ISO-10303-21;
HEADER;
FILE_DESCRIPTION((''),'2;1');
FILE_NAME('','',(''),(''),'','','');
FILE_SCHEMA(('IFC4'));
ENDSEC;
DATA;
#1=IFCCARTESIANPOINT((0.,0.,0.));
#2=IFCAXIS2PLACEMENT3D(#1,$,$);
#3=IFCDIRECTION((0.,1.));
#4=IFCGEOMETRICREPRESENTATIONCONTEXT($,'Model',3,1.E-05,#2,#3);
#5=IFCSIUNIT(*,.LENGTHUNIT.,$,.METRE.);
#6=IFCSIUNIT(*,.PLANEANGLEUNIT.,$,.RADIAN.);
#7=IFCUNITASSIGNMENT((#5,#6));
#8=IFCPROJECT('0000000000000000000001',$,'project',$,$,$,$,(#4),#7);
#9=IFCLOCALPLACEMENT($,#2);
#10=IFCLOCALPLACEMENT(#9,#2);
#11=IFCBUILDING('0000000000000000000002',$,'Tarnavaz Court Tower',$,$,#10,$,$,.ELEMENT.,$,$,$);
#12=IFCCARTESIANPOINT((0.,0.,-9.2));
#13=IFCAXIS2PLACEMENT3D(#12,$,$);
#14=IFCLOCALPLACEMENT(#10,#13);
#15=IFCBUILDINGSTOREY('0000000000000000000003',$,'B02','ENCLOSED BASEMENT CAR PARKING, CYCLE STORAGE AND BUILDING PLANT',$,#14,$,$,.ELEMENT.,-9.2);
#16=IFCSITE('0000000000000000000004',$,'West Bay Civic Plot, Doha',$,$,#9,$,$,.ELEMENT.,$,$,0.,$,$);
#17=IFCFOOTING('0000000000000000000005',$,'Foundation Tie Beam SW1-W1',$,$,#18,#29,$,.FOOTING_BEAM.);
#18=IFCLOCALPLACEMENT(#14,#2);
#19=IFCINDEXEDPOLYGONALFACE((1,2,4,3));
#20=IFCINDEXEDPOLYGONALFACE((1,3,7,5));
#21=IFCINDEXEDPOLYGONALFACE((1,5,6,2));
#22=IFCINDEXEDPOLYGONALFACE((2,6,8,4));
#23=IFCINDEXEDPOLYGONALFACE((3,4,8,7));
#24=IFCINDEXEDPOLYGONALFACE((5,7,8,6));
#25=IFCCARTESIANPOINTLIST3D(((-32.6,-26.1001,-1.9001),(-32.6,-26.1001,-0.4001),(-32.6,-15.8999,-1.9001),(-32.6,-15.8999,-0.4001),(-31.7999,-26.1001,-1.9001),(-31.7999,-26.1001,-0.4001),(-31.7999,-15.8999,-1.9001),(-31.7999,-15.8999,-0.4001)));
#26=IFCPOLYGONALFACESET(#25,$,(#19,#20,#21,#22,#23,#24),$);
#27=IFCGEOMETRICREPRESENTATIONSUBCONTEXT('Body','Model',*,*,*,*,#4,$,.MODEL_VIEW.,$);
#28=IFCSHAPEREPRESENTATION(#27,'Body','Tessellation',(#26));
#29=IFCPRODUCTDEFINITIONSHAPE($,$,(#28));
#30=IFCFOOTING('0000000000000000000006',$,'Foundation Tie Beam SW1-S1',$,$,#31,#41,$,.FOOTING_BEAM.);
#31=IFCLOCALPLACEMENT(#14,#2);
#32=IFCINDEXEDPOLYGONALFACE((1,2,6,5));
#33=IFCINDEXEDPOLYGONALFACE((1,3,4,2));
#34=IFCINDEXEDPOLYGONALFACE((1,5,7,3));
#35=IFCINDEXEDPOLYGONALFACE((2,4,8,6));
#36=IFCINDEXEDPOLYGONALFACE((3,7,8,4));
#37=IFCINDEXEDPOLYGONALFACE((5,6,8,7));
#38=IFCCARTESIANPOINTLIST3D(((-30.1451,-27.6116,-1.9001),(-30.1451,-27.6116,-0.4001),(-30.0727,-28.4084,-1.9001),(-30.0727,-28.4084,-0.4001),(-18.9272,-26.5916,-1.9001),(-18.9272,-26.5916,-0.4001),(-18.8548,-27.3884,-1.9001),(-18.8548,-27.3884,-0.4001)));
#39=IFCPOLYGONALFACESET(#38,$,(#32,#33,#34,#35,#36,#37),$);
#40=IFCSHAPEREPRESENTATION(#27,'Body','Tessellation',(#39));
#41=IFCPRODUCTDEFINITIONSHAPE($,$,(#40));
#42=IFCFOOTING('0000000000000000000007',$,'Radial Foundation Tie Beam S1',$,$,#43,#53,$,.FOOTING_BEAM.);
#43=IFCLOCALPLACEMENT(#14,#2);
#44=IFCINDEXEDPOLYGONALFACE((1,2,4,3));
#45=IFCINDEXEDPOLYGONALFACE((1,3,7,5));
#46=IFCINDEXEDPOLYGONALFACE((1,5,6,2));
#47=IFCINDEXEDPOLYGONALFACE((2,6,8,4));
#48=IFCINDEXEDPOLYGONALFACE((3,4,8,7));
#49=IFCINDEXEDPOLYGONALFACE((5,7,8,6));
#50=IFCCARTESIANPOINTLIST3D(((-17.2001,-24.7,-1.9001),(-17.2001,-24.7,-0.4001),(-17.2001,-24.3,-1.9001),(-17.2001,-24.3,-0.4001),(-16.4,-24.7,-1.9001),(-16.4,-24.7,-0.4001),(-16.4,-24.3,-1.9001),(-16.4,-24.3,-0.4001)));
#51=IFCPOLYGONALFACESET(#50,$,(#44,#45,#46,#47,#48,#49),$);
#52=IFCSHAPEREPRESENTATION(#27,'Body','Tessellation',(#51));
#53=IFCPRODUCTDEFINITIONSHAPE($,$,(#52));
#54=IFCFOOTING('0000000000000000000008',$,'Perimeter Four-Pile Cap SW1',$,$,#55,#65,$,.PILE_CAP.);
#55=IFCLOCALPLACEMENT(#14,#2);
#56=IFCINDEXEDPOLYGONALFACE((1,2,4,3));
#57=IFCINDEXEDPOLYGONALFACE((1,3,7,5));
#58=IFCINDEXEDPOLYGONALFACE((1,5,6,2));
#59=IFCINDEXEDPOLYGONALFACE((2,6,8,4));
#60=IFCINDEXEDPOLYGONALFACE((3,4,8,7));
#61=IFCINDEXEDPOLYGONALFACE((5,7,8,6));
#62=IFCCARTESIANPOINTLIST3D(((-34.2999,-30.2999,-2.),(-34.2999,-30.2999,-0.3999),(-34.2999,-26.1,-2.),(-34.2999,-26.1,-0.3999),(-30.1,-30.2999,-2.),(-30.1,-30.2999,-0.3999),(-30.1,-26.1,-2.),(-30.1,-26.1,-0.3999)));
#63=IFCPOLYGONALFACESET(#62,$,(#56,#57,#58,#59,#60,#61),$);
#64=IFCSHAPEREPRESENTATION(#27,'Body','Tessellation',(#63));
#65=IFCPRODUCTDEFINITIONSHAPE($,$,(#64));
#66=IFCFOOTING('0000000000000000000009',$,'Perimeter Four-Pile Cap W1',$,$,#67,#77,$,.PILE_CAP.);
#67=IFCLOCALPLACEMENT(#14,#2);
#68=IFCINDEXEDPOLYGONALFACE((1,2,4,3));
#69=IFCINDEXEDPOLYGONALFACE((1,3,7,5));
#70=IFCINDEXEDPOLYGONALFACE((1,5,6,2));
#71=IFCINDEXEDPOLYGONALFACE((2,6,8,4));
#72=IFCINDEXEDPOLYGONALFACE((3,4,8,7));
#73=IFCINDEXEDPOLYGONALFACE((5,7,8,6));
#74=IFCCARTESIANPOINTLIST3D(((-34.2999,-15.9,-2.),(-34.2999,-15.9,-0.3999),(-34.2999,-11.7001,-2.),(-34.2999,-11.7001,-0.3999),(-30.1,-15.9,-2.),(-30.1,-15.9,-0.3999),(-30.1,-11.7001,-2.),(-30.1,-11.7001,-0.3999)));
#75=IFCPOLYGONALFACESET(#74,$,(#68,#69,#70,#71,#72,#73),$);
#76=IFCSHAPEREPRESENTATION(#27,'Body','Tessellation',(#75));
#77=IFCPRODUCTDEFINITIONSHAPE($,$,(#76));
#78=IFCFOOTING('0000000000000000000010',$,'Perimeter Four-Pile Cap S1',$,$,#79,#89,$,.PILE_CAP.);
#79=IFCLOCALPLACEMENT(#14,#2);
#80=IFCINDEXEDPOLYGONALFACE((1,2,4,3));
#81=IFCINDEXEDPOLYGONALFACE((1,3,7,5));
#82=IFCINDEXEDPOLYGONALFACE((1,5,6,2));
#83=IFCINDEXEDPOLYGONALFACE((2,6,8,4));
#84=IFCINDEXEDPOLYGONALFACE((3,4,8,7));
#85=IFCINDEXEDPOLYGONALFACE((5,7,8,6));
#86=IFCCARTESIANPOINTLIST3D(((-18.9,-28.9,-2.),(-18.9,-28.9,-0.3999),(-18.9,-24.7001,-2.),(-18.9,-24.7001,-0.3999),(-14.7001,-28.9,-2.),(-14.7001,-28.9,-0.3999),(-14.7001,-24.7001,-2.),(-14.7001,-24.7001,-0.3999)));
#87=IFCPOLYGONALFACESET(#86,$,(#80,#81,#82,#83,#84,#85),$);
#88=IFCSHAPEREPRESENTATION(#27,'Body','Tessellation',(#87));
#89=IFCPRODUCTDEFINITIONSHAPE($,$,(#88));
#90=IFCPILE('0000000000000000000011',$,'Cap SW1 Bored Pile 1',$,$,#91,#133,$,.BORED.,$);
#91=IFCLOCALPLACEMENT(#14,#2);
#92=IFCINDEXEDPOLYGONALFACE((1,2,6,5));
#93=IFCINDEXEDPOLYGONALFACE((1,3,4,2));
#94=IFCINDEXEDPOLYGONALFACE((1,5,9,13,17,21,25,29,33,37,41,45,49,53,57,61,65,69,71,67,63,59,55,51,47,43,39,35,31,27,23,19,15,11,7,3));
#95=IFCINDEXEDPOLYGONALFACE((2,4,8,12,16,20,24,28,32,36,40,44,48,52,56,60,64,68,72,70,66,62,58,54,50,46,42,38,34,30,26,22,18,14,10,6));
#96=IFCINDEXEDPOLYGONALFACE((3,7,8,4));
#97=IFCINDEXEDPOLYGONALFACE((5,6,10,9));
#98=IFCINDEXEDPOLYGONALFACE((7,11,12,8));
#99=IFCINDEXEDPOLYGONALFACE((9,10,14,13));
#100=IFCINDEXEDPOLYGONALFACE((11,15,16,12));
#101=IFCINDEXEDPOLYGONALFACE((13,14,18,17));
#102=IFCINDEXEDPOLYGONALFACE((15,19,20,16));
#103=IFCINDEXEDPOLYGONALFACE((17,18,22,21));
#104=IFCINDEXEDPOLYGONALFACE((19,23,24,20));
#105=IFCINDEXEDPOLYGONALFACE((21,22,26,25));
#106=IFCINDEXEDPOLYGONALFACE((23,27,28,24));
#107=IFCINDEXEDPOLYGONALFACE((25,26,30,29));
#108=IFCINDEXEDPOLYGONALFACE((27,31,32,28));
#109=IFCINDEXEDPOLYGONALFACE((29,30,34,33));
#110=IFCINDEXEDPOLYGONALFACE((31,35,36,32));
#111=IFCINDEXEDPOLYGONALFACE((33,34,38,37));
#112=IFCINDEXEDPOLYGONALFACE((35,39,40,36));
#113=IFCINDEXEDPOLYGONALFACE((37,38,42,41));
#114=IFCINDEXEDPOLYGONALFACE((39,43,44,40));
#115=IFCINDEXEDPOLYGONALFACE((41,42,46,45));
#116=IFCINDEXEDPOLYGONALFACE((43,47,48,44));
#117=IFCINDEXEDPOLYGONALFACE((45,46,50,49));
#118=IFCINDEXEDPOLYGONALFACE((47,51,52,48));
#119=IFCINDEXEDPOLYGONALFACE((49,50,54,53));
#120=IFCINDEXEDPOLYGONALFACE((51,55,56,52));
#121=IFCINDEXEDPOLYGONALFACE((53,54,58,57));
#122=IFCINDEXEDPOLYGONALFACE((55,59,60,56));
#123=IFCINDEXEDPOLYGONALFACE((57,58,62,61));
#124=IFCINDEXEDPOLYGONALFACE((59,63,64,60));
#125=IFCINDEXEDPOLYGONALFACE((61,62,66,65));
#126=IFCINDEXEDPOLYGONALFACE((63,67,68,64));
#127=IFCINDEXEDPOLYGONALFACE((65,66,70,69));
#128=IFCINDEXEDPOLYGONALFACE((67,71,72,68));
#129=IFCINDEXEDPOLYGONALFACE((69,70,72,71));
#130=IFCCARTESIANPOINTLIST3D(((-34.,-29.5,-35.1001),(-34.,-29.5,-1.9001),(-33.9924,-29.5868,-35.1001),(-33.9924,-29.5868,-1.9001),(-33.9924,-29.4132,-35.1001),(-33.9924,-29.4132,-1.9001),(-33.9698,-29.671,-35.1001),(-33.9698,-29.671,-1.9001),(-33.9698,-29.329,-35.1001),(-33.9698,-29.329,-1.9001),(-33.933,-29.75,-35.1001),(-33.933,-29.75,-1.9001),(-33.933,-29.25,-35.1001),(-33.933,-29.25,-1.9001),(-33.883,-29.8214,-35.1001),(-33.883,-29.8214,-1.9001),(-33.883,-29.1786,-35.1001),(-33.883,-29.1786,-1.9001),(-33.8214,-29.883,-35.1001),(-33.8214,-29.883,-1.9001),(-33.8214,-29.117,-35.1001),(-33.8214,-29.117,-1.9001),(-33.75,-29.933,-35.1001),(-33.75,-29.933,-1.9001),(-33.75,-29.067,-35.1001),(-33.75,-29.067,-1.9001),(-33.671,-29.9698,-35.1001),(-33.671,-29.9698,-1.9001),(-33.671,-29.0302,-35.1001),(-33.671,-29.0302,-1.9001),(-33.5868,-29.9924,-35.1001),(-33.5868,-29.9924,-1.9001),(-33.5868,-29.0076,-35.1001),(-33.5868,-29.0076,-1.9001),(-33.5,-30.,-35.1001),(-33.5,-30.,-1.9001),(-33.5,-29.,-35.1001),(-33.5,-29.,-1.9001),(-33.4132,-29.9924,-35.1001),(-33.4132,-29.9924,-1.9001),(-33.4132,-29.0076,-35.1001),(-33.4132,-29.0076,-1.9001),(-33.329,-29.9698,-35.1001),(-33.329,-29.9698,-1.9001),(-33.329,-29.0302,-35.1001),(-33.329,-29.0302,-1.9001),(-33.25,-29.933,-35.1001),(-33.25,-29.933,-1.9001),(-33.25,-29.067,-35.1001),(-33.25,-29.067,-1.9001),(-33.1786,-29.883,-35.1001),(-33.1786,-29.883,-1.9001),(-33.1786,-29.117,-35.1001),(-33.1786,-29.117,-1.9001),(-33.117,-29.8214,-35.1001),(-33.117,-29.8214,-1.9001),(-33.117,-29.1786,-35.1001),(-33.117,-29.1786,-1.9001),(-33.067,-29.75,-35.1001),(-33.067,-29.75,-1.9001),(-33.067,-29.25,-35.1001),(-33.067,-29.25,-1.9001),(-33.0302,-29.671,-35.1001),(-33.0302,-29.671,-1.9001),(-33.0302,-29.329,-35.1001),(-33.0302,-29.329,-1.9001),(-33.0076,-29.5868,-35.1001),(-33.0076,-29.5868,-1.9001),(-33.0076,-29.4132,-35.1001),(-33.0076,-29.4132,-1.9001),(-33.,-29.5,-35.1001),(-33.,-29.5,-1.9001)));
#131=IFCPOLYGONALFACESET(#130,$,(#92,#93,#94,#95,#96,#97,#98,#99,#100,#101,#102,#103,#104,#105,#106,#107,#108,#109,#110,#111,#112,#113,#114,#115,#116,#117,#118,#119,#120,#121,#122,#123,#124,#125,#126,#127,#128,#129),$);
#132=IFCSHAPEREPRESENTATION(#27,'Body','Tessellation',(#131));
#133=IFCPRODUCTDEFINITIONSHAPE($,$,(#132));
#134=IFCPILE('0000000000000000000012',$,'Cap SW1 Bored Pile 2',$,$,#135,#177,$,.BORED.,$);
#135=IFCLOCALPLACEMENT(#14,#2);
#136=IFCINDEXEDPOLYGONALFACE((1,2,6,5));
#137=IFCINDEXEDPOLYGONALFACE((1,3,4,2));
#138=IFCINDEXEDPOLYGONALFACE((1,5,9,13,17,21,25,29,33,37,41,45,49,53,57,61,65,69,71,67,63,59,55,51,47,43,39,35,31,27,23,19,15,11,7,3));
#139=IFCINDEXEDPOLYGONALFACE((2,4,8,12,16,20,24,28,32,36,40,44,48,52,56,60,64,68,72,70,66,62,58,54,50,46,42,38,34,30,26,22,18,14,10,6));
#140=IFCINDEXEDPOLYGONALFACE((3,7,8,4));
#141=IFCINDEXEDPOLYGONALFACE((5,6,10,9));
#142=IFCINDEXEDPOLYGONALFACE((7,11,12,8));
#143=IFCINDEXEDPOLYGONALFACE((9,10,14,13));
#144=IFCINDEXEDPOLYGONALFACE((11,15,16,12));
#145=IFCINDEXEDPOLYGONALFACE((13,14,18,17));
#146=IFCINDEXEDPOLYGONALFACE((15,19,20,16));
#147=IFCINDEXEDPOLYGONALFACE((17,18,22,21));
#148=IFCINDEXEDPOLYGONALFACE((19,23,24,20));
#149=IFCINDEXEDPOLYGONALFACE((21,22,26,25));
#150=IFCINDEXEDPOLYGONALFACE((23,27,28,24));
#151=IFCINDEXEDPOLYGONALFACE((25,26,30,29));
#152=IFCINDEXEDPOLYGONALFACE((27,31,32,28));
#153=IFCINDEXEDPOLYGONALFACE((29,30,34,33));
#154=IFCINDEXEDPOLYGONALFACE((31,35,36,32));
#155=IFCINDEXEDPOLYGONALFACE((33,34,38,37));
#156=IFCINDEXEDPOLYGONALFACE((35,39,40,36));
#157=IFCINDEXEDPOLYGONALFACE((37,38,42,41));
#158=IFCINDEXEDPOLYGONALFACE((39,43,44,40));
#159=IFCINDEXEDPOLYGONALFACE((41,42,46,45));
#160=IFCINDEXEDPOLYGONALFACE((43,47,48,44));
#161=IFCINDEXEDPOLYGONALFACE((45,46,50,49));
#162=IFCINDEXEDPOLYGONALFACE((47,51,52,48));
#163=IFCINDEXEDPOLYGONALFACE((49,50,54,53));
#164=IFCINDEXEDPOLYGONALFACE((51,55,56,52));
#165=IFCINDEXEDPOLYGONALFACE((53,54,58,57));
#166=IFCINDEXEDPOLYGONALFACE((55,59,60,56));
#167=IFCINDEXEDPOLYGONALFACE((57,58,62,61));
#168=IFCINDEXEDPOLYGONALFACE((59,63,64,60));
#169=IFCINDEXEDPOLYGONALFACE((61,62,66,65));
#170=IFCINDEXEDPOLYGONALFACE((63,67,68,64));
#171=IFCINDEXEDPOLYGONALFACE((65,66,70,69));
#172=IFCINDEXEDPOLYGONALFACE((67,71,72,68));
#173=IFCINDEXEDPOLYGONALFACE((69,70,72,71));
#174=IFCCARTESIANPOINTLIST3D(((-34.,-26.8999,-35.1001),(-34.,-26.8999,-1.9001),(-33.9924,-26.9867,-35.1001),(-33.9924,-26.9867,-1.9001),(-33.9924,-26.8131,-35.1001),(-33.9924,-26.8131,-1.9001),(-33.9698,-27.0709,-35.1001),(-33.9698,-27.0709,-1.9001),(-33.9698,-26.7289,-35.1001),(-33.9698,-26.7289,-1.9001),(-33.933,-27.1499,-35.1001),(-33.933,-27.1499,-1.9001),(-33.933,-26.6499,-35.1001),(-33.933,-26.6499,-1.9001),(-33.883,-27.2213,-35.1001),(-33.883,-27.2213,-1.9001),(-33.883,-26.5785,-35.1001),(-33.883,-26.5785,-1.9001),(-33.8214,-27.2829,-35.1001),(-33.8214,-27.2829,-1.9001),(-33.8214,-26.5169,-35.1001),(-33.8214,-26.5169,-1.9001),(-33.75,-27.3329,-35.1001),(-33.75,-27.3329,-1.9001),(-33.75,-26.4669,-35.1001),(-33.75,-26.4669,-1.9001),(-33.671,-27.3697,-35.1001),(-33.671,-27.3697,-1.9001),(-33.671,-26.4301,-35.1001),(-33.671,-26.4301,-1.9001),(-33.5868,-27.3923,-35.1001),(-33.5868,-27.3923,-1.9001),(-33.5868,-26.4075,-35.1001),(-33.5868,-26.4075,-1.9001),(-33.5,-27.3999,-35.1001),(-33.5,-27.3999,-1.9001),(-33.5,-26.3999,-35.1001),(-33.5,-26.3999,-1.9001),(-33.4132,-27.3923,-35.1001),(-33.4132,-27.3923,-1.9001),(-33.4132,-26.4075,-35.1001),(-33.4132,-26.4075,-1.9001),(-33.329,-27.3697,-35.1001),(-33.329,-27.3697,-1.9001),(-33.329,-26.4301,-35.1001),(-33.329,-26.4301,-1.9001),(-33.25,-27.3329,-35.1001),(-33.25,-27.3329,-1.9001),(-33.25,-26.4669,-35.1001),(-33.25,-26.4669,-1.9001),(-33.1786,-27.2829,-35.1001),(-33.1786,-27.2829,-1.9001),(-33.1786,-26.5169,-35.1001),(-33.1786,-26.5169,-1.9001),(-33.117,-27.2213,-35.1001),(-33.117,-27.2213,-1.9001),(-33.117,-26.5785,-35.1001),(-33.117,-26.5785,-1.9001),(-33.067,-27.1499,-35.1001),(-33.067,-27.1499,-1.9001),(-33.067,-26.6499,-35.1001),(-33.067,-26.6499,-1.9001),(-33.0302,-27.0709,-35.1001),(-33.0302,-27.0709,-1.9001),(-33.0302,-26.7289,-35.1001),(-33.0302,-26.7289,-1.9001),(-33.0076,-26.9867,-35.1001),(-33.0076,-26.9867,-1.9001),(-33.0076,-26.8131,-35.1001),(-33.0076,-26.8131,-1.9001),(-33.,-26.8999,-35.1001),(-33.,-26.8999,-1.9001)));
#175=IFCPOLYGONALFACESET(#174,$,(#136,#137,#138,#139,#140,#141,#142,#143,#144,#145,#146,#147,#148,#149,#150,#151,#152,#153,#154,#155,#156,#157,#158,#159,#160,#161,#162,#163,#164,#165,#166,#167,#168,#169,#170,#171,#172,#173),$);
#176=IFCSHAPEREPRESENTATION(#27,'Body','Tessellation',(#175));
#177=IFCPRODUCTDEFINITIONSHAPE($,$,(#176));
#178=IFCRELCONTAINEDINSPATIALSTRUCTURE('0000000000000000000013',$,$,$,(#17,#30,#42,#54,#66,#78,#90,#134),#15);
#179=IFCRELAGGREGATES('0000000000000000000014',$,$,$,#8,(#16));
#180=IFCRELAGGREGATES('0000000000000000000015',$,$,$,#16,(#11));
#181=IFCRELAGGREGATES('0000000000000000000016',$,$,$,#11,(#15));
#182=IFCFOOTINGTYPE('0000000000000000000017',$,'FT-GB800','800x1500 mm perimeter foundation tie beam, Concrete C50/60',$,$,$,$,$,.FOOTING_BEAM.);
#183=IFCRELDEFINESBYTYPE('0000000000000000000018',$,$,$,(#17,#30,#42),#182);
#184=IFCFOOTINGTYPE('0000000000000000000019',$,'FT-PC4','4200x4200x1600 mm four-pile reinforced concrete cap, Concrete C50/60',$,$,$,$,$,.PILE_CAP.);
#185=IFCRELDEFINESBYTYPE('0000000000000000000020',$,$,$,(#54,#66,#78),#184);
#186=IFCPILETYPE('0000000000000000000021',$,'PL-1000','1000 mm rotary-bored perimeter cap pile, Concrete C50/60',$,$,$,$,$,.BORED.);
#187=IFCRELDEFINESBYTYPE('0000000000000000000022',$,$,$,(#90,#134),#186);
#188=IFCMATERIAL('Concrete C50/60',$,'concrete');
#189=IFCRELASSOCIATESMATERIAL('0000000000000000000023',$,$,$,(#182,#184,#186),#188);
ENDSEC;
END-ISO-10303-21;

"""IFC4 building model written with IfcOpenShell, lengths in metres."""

from ifc_helpers import new_model, si_unit, direction, frame, origin, origin_2d, place, context, subcontext, project, spatial, rectangle, circle, extrude, material, material_profile, profile_set, type_object, element, save


model = new_model("IFC4")

# Units and contexts
model_context = context("Model", 3, precision=1e-05, world=origin(), true_north=direction((0.0, 1.0)))
body_context = subcontext(model_context, "Body", "Model", "MODEL_VIEW")
ifc_project = project(units=[si_unit("LENGTHUNIT", "METRE"), si_unit("PLANEANGLEUNIT", "RADIAN")], contexts=[model_context])

# Site, building, storey
site_placement = place(None, origin())
site = spatial("IfcSite", under=ifc_project, at=site_placement, Name="West Bay Civic Plot, Doha", CompositionType="ELEMENT", RefElevation=0.0)
building_placement = place(site_placement, origin())
building = spatial("IfcBuilding", under=site, at=building_placement, Name="Tarnavaz Court Tower", CompositionType="ELEMENT")
storey_placement = place(building_placement, frame((0.0, 0.0, -9.2)))
storey = spatial("IfcBuildingStorey", under=building, at=storey_placement, Name="B02", Description="ENCLOSED BASEMENT CAR PARKING, CYCLE STORAGE AND BUILDING PLANT", CompositionType="ELEMENT", Elevation=-9.2)

# Footings
ifc_material_1 = material(Name="Concrete C50/60", Category="concrete")
ifc_material_profile_1 = material_profile(ifc_material_1, rectangle(XDim=0.8, YDim=1.5, at=origin_2d()), Name="RC 800X1500")
ifc_profile_set_1 = profile_set([ifc_material_profile_1], Name="Concrete C50/60")
footing_type_1 = type_object("IfcFootingType", Name="FT-GB800", Description="800x1500 mm perimeter foundation tie beam, Concrete C50/60", PredefinedType="FOOTING_BEAM", material=ifc_profile_set_1)
footing_1_placement = place(storey_placement, frame((-32.2, -26.1001, -1.1501), z_axis=(0.0, 1.0, 0.0), x_axis=(-1.0, 0.0, 0.0)))
element("IfcFooting", 1, at=footing_1_placement, inside=storey, type_object=footing_type_1, Name="Foundation Tie Beam SW1-W1", PredefinedType="FOOTING_BEAM", context=body_context, shape_type="SweptSolid", body=[
    extrude(rectangle(XDim=0.8, YDim=1.5, at=origin_2d()), origin(), (0.0, 0.0, 1.0), 10.2002),
])
footing_2_placement = place(storey_placement, frame((-30.1089, -28.01, -1.1501), z_axis=(0.995891, 0.090555, 0.0), x_axis=(-0.090555, 0.995891, 0.0)))
element("IfcFooting", 2, at=footing_2_placement, inside=storey, type_object=footing_type_1, Name="Foundation Tie Beam SW1-S1", PredefinedType="FOOTING_BEAM", context=body_context, shape_type="SweptSolid", body=[
    extrude(rectangle(XDim=0.8, YDim=1.5, at=origin_2d()), origin(), (0.0, 0.0, 1.0), 11.2642),
])
footing_3_placement = place(storey_placement, frame((-16.8, -24.7, -1.1501), z_axis=(0.0, 1.0, 0.0), x_axis=(-1.0, 0.0, 0.0)))
element("IfcFooting", 3, at=footing_3_placement, inside=storey, type_object=footing_type_1, Name="Radial Foundation Tie Beam S1", PredefinedType="FOOTING_BEAM", context=body_context, shape_type="SweptSolid", body=[
    extrude(rectangle(XDim=0.8, YDim=1.5, at=origin_2d()), origin(), (0.0, 0.0, 1.0), 0.3999),
])
footing_type_2 = type_object("IfcFootingType", Name="FT-PC4", Description="4200x4200x1600 mm four-pile reinforced concrete cap, Concrete C50/60", PredefinedType="PILE_CAP", material=ifc_material_1)
for number, where, z_axis, x_axis, name in (
    (4, (-32.2, -28.2, -2.0), (0.0, 0.0, 1.0), (1.0, 0.0, 0.0), "Perimeter Four-Pile Cap SW1"),
    (5, (-32.2, -13.8, -2.0), (0.0, 0.0, 1.0), (1.0, 0.0, 0.0), "Perimeter Four-Pile Cap W1"),
    (6, (-16.8, -26.8, -2.0), (0.0, 0.0, 1.0), (1.0, 0.0, 0.0), "Perimeter Four-Pile Cap S1"),
):
    element("IfcFooting", number, at=place(storey_placement, frame(where, z_axis=z_axis, x_axis=x_axis)), inside=storey, type_object=footing_type_2, Name=name, PredefinedType="PILE_CAP", context=body_context, shape_type="SweptSolid", body=[
        extrude(rectangle(XDim=4.2, YDim=4.2, at=origin_2d()), origin(), (0.0, 0.0, 1.0), 1.6001),
    ])

# Piles
ifc_material_profile_2 = material_profile(ifc_material_1, circle(Radius=0.5, at=origin_2d()), Name="PILE D1000")
ifc_profile_set_2 = profile_set([ifc_material_profile_2], Name="Concrete C50/60")
pile_type_1 = type_object("IfcPileType", Name="PL-1000", Description="1000 mm rotary-bored perimeter cap pile, Concrete C50/60", PredefinedType="BORED", material=ifc_profile_set_2)
for number, where, z_axis, x_axis, name in (
    (7, (-33.5, -29.5, -1.9001), (0.0, 0.0, -1.0), (1.0, 0.0, 0.0), "Cap SW1 Bored Pile 1"),
    (8, (-33.5, -26.8999, -1.9001), (0.0, 0.0, -1.0), (1.0, 0.0, 0.0), "Cap SW1 Bored Pile 2"),
):
    element("IfcPile", number, at=place(storey_placement, frame(where, z_axis=z_axis, x_axis=x_axis)), inside=storey, type_object=pile_type_1, Name=name, PredefinedType="BORED", context=body_context, shape_type="SweptSolid", body=[
        extrude(circle(Radius=0.5, at=origin_2d()), origin(), (0.0, 0.0, 1.0), 33.2),
    ])

save(model, "model.ifc")
